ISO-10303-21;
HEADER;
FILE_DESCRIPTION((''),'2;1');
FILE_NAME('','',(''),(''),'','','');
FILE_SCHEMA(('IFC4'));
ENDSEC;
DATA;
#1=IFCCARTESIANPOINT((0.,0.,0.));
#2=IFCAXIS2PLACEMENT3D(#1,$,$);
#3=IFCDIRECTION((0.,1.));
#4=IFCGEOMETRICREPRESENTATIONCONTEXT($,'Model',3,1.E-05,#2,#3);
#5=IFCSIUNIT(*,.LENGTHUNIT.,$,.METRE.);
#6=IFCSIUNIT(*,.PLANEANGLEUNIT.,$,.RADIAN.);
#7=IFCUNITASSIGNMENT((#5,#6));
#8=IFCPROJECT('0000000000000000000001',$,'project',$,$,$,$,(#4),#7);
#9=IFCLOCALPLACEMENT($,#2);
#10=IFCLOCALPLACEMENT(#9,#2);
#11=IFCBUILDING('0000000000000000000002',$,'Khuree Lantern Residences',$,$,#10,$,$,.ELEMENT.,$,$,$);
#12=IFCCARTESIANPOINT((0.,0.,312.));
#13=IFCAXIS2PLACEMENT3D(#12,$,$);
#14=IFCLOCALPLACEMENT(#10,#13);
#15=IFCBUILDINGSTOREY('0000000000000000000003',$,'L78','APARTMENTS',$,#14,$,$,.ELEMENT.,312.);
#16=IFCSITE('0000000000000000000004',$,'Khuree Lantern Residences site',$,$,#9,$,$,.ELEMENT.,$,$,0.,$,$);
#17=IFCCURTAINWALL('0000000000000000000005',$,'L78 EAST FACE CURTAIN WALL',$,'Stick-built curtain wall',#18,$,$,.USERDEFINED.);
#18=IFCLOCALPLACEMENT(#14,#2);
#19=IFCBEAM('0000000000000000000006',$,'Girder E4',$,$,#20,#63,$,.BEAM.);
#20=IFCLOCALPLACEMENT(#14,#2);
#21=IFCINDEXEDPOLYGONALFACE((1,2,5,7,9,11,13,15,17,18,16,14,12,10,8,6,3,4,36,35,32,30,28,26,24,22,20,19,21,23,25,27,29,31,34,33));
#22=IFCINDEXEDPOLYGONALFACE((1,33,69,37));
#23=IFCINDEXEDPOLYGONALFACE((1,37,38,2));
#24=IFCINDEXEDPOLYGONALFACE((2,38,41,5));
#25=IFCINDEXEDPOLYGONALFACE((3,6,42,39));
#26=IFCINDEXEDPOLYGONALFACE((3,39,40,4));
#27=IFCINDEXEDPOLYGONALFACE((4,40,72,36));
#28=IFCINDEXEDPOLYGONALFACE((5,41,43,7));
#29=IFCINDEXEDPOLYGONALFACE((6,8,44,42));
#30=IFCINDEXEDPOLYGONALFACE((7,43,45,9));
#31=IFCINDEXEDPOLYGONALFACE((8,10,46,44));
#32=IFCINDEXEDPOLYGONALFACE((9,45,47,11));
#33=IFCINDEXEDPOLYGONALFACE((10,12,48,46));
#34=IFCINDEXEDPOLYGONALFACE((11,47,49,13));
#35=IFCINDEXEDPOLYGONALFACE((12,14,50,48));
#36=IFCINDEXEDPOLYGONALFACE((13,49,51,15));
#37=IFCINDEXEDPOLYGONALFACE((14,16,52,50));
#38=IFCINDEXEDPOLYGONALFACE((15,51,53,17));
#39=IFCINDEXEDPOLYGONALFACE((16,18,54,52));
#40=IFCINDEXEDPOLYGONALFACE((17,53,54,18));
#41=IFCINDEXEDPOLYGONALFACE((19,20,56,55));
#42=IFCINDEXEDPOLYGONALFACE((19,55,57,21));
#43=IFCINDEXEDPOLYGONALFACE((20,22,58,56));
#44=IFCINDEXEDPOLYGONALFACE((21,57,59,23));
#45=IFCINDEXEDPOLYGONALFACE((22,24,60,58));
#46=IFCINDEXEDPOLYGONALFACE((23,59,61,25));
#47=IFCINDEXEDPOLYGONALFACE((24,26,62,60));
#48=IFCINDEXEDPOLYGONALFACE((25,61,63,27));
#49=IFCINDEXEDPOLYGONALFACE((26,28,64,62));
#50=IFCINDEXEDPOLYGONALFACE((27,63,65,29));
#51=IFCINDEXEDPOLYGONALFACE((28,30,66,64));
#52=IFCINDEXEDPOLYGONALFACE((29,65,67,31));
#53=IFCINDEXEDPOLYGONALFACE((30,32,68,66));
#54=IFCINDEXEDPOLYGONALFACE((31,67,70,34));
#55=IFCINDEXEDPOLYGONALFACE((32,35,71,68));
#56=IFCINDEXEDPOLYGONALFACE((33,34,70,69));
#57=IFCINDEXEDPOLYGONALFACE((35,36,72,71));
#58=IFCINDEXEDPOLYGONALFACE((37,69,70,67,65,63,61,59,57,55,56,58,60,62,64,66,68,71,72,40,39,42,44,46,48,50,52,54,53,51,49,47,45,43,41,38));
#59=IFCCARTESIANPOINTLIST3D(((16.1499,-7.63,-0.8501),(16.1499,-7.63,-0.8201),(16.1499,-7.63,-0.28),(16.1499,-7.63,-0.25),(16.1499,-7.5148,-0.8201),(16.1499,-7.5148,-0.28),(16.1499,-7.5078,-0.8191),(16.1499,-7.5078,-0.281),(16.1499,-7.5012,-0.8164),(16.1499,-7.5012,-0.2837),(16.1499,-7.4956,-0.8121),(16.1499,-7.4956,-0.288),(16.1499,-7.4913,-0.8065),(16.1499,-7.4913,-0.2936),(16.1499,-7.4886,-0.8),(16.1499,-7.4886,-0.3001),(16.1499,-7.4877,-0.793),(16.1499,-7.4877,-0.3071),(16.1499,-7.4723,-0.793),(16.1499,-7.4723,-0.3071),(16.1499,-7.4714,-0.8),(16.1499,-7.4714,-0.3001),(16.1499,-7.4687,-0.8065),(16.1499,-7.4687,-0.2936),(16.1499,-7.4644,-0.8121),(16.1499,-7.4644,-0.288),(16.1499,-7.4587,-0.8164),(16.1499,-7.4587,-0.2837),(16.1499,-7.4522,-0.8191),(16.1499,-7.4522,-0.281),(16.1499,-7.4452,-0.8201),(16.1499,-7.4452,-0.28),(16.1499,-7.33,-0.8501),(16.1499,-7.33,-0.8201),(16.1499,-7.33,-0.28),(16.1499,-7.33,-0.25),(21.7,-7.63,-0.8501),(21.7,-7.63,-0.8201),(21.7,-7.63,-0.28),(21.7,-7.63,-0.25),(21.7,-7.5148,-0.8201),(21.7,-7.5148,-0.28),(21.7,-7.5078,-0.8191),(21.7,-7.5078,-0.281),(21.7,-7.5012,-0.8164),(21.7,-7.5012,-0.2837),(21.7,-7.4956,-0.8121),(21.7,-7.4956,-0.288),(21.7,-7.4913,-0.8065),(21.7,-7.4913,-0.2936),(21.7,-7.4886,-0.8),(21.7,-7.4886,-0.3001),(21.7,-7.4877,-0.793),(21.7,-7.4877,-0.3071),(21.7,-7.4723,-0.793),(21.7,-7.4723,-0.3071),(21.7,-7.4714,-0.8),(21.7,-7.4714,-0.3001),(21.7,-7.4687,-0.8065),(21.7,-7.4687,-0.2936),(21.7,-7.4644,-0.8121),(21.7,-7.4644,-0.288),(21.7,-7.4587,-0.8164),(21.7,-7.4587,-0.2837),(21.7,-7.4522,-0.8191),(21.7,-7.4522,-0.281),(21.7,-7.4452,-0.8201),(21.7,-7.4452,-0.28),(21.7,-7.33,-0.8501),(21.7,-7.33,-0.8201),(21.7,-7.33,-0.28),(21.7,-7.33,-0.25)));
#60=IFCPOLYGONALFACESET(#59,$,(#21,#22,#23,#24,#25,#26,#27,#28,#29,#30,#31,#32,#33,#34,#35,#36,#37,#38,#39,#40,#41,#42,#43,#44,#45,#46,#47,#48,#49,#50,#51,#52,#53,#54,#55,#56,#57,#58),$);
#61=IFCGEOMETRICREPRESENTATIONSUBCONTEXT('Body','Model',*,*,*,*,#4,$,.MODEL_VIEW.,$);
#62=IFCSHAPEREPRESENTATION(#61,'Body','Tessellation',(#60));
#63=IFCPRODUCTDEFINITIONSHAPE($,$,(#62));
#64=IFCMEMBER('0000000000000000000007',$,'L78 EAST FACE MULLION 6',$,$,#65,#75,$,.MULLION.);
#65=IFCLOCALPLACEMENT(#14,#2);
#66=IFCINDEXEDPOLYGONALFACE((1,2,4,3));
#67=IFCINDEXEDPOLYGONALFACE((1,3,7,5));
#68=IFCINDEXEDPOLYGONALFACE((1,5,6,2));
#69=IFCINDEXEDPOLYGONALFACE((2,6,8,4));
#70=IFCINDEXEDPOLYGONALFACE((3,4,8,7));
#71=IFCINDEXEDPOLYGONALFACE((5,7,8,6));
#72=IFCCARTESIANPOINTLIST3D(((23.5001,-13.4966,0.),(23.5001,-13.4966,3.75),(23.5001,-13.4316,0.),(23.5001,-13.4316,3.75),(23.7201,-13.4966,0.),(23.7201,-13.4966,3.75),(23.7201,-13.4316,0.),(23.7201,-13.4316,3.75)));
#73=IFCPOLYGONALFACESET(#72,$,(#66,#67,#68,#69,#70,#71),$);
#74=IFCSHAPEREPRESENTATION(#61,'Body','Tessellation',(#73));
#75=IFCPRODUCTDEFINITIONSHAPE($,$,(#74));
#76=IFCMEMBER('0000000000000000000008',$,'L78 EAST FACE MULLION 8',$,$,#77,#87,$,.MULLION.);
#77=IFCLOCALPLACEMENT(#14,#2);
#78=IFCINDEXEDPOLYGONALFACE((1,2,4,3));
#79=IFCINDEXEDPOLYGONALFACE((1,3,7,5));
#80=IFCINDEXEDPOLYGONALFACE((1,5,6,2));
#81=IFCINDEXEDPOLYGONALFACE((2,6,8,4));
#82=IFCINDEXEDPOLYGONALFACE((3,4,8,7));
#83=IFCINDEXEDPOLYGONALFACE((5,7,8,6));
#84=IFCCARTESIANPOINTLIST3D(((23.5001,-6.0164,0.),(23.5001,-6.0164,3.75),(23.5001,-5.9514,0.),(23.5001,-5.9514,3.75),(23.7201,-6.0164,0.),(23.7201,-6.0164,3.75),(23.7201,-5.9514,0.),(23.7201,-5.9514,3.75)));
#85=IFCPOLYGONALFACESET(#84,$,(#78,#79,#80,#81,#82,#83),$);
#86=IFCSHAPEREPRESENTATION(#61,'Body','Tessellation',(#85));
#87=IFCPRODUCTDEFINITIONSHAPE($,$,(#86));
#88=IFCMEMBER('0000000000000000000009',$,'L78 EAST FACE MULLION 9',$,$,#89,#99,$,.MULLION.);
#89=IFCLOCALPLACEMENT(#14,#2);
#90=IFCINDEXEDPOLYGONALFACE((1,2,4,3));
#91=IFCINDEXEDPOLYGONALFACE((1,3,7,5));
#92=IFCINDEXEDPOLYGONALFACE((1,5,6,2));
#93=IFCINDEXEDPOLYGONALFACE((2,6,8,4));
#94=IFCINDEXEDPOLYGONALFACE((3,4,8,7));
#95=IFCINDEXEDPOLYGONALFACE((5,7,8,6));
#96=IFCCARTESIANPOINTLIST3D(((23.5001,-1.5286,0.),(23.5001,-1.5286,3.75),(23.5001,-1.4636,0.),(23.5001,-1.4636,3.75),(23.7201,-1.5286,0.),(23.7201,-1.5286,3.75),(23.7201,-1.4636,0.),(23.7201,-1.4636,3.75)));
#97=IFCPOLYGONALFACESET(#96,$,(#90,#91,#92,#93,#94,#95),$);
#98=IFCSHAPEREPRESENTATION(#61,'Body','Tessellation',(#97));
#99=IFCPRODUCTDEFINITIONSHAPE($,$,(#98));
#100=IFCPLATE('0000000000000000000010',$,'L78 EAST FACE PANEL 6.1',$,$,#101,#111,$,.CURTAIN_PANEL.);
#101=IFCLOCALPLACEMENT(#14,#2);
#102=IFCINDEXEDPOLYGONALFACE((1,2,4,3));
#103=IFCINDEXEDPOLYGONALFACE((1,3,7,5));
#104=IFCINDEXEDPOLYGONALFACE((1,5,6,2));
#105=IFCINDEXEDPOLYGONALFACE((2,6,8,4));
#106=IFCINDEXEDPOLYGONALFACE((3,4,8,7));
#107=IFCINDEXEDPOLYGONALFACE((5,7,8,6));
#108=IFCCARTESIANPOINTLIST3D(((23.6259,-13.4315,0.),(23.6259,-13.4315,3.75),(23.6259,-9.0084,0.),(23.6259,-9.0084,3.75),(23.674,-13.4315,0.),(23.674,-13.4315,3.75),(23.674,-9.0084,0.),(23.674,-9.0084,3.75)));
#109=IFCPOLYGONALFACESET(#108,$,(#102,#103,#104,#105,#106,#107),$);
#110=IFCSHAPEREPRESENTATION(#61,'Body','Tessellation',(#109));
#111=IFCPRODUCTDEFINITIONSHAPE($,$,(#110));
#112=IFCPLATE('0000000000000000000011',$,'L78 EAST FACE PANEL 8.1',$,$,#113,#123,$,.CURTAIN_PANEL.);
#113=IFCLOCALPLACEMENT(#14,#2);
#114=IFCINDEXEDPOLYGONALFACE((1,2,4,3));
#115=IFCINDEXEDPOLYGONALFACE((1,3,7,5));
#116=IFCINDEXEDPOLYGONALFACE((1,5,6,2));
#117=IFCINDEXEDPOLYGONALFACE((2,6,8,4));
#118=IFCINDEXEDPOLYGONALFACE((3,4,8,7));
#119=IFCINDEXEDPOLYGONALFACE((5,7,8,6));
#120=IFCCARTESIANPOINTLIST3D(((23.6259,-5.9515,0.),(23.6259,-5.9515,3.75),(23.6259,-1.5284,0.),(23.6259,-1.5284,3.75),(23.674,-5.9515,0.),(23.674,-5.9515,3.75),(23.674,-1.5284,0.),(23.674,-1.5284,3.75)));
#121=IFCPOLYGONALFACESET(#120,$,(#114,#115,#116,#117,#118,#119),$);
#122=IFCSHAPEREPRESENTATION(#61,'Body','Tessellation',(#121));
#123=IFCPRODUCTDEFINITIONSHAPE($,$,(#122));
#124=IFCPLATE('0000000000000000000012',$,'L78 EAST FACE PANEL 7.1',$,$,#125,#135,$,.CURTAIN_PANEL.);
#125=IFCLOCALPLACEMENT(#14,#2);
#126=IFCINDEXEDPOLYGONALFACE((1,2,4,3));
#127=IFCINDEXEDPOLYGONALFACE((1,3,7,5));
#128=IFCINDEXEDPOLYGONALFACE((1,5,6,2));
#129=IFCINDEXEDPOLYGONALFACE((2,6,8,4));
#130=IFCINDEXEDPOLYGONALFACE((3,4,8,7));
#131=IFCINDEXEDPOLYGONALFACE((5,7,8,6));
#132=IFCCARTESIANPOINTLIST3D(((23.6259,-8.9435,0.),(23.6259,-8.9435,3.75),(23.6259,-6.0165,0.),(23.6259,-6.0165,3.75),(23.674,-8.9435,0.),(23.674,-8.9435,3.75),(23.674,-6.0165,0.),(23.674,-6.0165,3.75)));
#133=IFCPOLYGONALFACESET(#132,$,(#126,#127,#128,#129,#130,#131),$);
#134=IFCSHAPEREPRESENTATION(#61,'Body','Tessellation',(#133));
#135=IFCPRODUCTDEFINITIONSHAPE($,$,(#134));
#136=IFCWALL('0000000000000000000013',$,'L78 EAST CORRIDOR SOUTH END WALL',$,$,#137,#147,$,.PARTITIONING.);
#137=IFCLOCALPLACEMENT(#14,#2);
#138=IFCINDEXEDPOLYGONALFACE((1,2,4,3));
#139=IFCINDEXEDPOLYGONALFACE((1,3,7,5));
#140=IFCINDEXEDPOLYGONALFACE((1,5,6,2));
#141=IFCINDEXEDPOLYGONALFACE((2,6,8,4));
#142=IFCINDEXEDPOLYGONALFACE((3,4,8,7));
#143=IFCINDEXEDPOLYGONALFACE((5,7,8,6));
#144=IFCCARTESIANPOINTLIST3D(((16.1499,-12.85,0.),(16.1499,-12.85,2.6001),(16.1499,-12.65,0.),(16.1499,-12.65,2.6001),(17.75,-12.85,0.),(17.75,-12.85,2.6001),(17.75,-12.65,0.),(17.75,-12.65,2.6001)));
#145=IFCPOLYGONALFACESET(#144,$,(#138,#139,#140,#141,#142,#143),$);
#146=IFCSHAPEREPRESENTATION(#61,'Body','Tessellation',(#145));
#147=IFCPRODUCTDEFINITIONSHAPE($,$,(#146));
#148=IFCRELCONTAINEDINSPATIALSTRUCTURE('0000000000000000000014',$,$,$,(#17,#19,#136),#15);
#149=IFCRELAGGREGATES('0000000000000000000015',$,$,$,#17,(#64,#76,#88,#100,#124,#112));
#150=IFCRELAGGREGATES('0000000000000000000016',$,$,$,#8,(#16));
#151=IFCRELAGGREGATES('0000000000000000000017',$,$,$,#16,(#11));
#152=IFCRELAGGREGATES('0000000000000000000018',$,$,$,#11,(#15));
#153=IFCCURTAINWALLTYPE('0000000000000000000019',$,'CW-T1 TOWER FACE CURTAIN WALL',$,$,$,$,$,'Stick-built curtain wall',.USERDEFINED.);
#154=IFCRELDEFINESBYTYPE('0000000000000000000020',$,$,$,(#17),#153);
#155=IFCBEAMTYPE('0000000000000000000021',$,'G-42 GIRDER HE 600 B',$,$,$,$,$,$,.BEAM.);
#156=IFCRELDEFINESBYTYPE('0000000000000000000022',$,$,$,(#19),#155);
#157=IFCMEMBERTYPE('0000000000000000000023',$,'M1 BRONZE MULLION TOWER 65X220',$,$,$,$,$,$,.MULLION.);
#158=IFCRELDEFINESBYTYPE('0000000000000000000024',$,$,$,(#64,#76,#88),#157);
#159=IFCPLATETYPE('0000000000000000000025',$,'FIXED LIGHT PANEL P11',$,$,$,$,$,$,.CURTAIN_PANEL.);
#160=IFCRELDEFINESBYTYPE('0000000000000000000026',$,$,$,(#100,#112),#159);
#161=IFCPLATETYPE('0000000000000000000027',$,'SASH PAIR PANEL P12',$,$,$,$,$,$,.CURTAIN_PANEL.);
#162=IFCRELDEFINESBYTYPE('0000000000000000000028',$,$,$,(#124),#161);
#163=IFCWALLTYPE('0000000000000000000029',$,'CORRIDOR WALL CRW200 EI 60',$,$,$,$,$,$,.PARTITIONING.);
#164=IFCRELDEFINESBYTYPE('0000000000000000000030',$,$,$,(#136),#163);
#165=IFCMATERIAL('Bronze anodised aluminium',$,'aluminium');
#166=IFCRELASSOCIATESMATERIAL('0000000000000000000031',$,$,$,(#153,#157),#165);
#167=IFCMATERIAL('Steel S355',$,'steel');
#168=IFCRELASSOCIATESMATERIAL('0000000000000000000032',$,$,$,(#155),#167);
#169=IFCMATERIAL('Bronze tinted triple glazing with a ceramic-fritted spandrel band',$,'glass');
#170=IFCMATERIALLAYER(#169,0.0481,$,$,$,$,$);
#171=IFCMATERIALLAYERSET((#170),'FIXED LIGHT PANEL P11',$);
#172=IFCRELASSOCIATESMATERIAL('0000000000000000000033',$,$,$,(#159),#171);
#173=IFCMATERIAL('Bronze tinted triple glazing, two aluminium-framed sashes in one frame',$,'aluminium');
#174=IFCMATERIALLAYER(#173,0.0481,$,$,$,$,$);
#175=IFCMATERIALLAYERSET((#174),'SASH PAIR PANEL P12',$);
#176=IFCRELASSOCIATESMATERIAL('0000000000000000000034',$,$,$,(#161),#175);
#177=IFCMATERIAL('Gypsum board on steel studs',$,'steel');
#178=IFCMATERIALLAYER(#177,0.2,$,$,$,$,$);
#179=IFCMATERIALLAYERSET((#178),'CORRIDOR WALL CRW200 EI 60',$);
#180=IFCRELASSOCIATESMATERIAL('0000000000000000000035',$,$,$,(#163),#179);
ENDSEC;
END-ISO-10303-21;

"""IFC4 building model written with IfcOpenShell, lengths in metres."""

from ifc_helpers import new_model, si_unit, direction, frame, frame_2d, origin, origin_2d, place, context, subcontext, project, spatial, rectangle, i_section, extrude, material, layer, layer_set, material_profile, profile_set, type_object, element, aggregate, save


model = new_model("IFC4")

# Units and contexts
model_context = context("Model", 3, precision=1e-05, world=origin(), true_north=direction((0.0, 1.0)))
body_context = subcontext(model_context, "Body", "Model", "MODEL_VIEW")
ifc_project = project(units=[si_unit("LENGTHUNIT", "METRE"), si_unit("PLANEANGLEUNIT", "RADIAN")], contexts=[model_context])

# Site, building, storey
site_placement = place(None, origin())
site = spatial("IfcSite", under=ifc_project, at=site_placement, Name="Khuree Lantern Residences site", CompositionType="ELEMENT", RefElevation=0.0)
building_placement = place(site_placement, origin())
building = spatial("IfcBuilding", under=site, at=building_placement, Name="Khuree Lantern Residences", CompositionType="ELEMENT")
storey_placement = place(building_placement, frame((0.0, 0.0, 312.0)))
storey = spatial("IfcBuildingStorey", under=building, at=storey_placement, Name="L78", Description="APARTMENTS", CompositionType="ELEMENT", Elevation=312.0)

# Shared definitions
ifc_material_1 = material(Name="Steel S355", Category="steel")

# Curtain wall
ifc_material_2 = material(Name="Bronze anodised aluminium", Category="aluminium")
curtain_wall_type = type_object("IfcCurtainWallType", Name="CW-T1 TOWER FACE CURTAIN WALL", ElementType="Stick-built curtain wall", PredefinedType="USERDEFINED", material=ifc_material_2)
curtain_wall_placement = place(storey_placement, origin())
curtain_wall = element("IfcCurtainWall", 1, at=curtain_wall_placement, inside=storey, type_object=curtain_wall_type, Name="L78 EAST FACE CURTAIN WALL", ObjectType="Stick-built curtain wall", PredefinedType="USERDEFINED")

# Beam
ifc_material_profile_1 = material_profile(ifc_material_1, i_section(OverallWidth=0.3, OverallDepth=0.6001, WebThickness=0.0154, FlangeThickness=0.03, FilletRadius=0.0271, at=origin_2d()), Name="HE 600 B")
ifc_profile_set_1 = profile_set([ifc_material_profile_1], Name="Steel S355")
beam_type_1 = type_object("IfcBeamType", Name="G-42 GIRDER HE 600 B", PredefinedType="BEAM", material=ifc_profile_set_1)
beam_1_placement = place(storey_placement, frame((21.7, -7.48, -0.55), z_axis=(-1.0, 0.0, 0.0), x_axis=(0.0, -1.0, 0.0)))
element("IfcBeam", 2, at=beam_1_placement, inside=storey, type_object=beam_type_1, Name="Girder E4", PredefinedType="BEAM", context=body_context, shape_type="SweptSolid", body=[
    extrude(i_section(OverallWidth=0.3, OverallDepth=0.6001, WebThickness=0.0154, FlangeThickness=0.03, FilletRadius=0.0271, at=origin_2d()), origin(), (0.0, 0.0, 1.0), 5.55),
])

# Members
ifc_material_profile_2 = material_profile(ifc_material_2, rectangle(XDim=0.0649, YDim=0.22, at=origin_2d()), Name="M1 65X220")
ifc_profile_set_2 = profile_set([ifc_material_profile_2], Name="Bronze anodised aluminium")
member_type_1 = type_object("IfcMemberType", Name="M1 BRONZE MULLION TOWER 65X220", PredefinedType="MULLION", material=ifc_profile_set_2)
member_1_placement = place(storey_placement, frame((23.6101, -13.4641, 0.0), z_axis=(0.0, 0.0, 1.0), x_axis=(0.0, 1.0, 0.0)))
member_1 = element("IfcMember", 3, at=member_1_placement, type_object=member_type_1, Name="L78 EAST FACE MULLION 6", PredefinedType="MULLION", context=body_context, shape_type="SweptSolid", body=[
    extrude(rectangle(XDim=0.0649, YDim=0.22, at=origin_2d()), origin(), (0.0, 0.0, 1.0), 3.75),
])
member_2_placement = place(storey_placement, frame((23.6101, -5.9839, 0.0), z_axis=(0.0, 0.0, 1.0), x_axis=(0.0, 1.0, 0.0)))
member_2 = element("IfcMember", 4, at=member_2_placement, type_object=member_type_1, Name="L78 EAST FACE MULLION 8", PredefinedType="MULLION", context=body_context, shape_type="SweptSolid", body=[
    extrude(rectangle(XDim=0.0649, YDim=0.22, at=origin_2d()), origin(), (0.0, 0.0, 1.0), 3.75),
])
member_3_placement = place(storey_placement, frame((23.6101, -1.4961, 0.0), z_axis=(0.0, 0.0, 1.0), x_axis=(0.0, 1.0, 0.0)))
member_3 = element("IfcMember", 5, at=member_3_placement, type_object=member_type_1, Name="L78 EAST FACE MULLION 9", PredefinedType="MULLION", context=body_context, shape_type="SweptSolid", body=[
    extrude(rectangle(XDim=0.0649, YDim=0.22, at=origin_2d()), origin(), (0.0, 0.0, 1.0), 3.75),
])

# Plates
ifc_material_3 = material(Name="Bronze tinted triple glazing with a ceramic-fritted spandrel band", Category="glass")
ifc_layer_1 = layer(ifc_material_3, 0.0481)
ifc_layer_set_1 = layer_set([ifc_layer_1], Name="FIXED LIGHT PANEL P11")
plate_type_1 = type_object("IfcPlateType", Name="FIXED LIGHT PANEL P11", PredefinedType="CURTAIN_PANEL", material=ifc_layer_set_1)
plate_1_placement = place(storey_placement, frame((23.6499, -11.22, 0.0), z_axis=(0.0, 0.0, 1.0), x_axis=(0.0, 1.0, 0.0)))
plate_1 = element("IfcPlate", 6, at=plate_1_placement, type_object=plate_type_1, Name="L78 EAST FACE PANEL 6.1", PredefinedType="CURTAIN_PANEL", context=body_context, shape_type="SweptSolid", body=[
    extrude(rectangle(XDim=4.4231, YDim=0.0481, at=origin_2d()), origin(), (0.0, 0.0, 1.0), 3.75),
])
plate_2_placement = place(storey_placement, frame((23.6499, -3.74, 0.0), z_axis=(0.0, 0.0, 1.0), x_axis=(0.0, 1.0, 0.0)))
plate_2 = element("IfcPlate", 7, at=plate_2_placement, type_object=plate_type_1, Name="L78 EAST FACE PANEL 8.1", PredefinedType="CURTAIN_PANEL", context=body_context, shape_type="SweptSolid", body=[
    extrude(rectangle(XDim=4.4231, YDim=0.0481, at=origin_2d()), origin(), (0.0, 0.0, 1.0), 3.75),
])
ifc_material_4 = material(Name="Bronze tinted triple glazing, two aluminium-framed sashes in one frame", Category="aluminium")
ifc_layer_2 = layer(ifc_material_4, 0.0481)
ifc_layer_set_2 = layer_set([ifc_layer_2], Name="SASH PAIR PANEL P12")
plate_type_2 = type_object("IfcPlateType", Name="SASH PAIR PANEL P12", PredefinedType="CURTAIN_PANEL", material=ifc_layer_set_2)
plate_3_placement = place(storey_placement, frame((23.6499, -7.48, 0.0), z_axis=(0.0, 0.0, 1.0), x_axis=(0.0, 1.0, 0.0)))
plate_3 = element("IfcPlate", 8, at=plate_3_placement, type_object=plate_type_2, Name="L78 EAST FACE PANEL 7.1", PredefinedType="CURTAIN_PANEL", context=body_context, shape_type="SweptSolid", body=[
    extrude(rectangle(XDim=2.927, YDim=0.0481, at=origin_2d()), origin(), (0.0, 0.0, 1.0), 3.75),
])
aggregate(curtain_wall, [member_1, member_2, member_3, plate_1, plate_3, plate_2])

# Wall
ifc_material_5 = material(Name="Gypsum board on steel studs", Category="steel")
ifc_layer_3 = layer(ifc_material_5, 0.2)
ifc_layer_set_3 = layer_set([ifc_layer_3], Name="CORRIDOR WALL CRW200 EI 60")
wall_type_1 = type_object("IfcWallType", Name="CORRIDOR WALL CRW200 EI 60", PredefinedType="PARTITIONING", material=ifc_layer_set_3)
wall_1_placement = place(storey_placement, frame((16.1499, -12.75, 0.0), z_axis=(0.0, 0.0, 1.0), x_axis=(1.0, 0.0, 0.0)))
element("IfcWall", 9, at=wall_1_placement, inside=storey, type_object=wall_type_1, Name="L78 EAST CORRIDOR SOUTH END WALL", PredefinedType="PARTITIONING", context=body_context, shape_type="SweptSolid", body=[
    extrude(rectangle(XDim=1.6001, YDim=0.2, at=frame_2d((0.8, 0.0))), origin(), (0.0, 0.0, 1.0), 2.6001),
])

save(model, "model.ifc")
